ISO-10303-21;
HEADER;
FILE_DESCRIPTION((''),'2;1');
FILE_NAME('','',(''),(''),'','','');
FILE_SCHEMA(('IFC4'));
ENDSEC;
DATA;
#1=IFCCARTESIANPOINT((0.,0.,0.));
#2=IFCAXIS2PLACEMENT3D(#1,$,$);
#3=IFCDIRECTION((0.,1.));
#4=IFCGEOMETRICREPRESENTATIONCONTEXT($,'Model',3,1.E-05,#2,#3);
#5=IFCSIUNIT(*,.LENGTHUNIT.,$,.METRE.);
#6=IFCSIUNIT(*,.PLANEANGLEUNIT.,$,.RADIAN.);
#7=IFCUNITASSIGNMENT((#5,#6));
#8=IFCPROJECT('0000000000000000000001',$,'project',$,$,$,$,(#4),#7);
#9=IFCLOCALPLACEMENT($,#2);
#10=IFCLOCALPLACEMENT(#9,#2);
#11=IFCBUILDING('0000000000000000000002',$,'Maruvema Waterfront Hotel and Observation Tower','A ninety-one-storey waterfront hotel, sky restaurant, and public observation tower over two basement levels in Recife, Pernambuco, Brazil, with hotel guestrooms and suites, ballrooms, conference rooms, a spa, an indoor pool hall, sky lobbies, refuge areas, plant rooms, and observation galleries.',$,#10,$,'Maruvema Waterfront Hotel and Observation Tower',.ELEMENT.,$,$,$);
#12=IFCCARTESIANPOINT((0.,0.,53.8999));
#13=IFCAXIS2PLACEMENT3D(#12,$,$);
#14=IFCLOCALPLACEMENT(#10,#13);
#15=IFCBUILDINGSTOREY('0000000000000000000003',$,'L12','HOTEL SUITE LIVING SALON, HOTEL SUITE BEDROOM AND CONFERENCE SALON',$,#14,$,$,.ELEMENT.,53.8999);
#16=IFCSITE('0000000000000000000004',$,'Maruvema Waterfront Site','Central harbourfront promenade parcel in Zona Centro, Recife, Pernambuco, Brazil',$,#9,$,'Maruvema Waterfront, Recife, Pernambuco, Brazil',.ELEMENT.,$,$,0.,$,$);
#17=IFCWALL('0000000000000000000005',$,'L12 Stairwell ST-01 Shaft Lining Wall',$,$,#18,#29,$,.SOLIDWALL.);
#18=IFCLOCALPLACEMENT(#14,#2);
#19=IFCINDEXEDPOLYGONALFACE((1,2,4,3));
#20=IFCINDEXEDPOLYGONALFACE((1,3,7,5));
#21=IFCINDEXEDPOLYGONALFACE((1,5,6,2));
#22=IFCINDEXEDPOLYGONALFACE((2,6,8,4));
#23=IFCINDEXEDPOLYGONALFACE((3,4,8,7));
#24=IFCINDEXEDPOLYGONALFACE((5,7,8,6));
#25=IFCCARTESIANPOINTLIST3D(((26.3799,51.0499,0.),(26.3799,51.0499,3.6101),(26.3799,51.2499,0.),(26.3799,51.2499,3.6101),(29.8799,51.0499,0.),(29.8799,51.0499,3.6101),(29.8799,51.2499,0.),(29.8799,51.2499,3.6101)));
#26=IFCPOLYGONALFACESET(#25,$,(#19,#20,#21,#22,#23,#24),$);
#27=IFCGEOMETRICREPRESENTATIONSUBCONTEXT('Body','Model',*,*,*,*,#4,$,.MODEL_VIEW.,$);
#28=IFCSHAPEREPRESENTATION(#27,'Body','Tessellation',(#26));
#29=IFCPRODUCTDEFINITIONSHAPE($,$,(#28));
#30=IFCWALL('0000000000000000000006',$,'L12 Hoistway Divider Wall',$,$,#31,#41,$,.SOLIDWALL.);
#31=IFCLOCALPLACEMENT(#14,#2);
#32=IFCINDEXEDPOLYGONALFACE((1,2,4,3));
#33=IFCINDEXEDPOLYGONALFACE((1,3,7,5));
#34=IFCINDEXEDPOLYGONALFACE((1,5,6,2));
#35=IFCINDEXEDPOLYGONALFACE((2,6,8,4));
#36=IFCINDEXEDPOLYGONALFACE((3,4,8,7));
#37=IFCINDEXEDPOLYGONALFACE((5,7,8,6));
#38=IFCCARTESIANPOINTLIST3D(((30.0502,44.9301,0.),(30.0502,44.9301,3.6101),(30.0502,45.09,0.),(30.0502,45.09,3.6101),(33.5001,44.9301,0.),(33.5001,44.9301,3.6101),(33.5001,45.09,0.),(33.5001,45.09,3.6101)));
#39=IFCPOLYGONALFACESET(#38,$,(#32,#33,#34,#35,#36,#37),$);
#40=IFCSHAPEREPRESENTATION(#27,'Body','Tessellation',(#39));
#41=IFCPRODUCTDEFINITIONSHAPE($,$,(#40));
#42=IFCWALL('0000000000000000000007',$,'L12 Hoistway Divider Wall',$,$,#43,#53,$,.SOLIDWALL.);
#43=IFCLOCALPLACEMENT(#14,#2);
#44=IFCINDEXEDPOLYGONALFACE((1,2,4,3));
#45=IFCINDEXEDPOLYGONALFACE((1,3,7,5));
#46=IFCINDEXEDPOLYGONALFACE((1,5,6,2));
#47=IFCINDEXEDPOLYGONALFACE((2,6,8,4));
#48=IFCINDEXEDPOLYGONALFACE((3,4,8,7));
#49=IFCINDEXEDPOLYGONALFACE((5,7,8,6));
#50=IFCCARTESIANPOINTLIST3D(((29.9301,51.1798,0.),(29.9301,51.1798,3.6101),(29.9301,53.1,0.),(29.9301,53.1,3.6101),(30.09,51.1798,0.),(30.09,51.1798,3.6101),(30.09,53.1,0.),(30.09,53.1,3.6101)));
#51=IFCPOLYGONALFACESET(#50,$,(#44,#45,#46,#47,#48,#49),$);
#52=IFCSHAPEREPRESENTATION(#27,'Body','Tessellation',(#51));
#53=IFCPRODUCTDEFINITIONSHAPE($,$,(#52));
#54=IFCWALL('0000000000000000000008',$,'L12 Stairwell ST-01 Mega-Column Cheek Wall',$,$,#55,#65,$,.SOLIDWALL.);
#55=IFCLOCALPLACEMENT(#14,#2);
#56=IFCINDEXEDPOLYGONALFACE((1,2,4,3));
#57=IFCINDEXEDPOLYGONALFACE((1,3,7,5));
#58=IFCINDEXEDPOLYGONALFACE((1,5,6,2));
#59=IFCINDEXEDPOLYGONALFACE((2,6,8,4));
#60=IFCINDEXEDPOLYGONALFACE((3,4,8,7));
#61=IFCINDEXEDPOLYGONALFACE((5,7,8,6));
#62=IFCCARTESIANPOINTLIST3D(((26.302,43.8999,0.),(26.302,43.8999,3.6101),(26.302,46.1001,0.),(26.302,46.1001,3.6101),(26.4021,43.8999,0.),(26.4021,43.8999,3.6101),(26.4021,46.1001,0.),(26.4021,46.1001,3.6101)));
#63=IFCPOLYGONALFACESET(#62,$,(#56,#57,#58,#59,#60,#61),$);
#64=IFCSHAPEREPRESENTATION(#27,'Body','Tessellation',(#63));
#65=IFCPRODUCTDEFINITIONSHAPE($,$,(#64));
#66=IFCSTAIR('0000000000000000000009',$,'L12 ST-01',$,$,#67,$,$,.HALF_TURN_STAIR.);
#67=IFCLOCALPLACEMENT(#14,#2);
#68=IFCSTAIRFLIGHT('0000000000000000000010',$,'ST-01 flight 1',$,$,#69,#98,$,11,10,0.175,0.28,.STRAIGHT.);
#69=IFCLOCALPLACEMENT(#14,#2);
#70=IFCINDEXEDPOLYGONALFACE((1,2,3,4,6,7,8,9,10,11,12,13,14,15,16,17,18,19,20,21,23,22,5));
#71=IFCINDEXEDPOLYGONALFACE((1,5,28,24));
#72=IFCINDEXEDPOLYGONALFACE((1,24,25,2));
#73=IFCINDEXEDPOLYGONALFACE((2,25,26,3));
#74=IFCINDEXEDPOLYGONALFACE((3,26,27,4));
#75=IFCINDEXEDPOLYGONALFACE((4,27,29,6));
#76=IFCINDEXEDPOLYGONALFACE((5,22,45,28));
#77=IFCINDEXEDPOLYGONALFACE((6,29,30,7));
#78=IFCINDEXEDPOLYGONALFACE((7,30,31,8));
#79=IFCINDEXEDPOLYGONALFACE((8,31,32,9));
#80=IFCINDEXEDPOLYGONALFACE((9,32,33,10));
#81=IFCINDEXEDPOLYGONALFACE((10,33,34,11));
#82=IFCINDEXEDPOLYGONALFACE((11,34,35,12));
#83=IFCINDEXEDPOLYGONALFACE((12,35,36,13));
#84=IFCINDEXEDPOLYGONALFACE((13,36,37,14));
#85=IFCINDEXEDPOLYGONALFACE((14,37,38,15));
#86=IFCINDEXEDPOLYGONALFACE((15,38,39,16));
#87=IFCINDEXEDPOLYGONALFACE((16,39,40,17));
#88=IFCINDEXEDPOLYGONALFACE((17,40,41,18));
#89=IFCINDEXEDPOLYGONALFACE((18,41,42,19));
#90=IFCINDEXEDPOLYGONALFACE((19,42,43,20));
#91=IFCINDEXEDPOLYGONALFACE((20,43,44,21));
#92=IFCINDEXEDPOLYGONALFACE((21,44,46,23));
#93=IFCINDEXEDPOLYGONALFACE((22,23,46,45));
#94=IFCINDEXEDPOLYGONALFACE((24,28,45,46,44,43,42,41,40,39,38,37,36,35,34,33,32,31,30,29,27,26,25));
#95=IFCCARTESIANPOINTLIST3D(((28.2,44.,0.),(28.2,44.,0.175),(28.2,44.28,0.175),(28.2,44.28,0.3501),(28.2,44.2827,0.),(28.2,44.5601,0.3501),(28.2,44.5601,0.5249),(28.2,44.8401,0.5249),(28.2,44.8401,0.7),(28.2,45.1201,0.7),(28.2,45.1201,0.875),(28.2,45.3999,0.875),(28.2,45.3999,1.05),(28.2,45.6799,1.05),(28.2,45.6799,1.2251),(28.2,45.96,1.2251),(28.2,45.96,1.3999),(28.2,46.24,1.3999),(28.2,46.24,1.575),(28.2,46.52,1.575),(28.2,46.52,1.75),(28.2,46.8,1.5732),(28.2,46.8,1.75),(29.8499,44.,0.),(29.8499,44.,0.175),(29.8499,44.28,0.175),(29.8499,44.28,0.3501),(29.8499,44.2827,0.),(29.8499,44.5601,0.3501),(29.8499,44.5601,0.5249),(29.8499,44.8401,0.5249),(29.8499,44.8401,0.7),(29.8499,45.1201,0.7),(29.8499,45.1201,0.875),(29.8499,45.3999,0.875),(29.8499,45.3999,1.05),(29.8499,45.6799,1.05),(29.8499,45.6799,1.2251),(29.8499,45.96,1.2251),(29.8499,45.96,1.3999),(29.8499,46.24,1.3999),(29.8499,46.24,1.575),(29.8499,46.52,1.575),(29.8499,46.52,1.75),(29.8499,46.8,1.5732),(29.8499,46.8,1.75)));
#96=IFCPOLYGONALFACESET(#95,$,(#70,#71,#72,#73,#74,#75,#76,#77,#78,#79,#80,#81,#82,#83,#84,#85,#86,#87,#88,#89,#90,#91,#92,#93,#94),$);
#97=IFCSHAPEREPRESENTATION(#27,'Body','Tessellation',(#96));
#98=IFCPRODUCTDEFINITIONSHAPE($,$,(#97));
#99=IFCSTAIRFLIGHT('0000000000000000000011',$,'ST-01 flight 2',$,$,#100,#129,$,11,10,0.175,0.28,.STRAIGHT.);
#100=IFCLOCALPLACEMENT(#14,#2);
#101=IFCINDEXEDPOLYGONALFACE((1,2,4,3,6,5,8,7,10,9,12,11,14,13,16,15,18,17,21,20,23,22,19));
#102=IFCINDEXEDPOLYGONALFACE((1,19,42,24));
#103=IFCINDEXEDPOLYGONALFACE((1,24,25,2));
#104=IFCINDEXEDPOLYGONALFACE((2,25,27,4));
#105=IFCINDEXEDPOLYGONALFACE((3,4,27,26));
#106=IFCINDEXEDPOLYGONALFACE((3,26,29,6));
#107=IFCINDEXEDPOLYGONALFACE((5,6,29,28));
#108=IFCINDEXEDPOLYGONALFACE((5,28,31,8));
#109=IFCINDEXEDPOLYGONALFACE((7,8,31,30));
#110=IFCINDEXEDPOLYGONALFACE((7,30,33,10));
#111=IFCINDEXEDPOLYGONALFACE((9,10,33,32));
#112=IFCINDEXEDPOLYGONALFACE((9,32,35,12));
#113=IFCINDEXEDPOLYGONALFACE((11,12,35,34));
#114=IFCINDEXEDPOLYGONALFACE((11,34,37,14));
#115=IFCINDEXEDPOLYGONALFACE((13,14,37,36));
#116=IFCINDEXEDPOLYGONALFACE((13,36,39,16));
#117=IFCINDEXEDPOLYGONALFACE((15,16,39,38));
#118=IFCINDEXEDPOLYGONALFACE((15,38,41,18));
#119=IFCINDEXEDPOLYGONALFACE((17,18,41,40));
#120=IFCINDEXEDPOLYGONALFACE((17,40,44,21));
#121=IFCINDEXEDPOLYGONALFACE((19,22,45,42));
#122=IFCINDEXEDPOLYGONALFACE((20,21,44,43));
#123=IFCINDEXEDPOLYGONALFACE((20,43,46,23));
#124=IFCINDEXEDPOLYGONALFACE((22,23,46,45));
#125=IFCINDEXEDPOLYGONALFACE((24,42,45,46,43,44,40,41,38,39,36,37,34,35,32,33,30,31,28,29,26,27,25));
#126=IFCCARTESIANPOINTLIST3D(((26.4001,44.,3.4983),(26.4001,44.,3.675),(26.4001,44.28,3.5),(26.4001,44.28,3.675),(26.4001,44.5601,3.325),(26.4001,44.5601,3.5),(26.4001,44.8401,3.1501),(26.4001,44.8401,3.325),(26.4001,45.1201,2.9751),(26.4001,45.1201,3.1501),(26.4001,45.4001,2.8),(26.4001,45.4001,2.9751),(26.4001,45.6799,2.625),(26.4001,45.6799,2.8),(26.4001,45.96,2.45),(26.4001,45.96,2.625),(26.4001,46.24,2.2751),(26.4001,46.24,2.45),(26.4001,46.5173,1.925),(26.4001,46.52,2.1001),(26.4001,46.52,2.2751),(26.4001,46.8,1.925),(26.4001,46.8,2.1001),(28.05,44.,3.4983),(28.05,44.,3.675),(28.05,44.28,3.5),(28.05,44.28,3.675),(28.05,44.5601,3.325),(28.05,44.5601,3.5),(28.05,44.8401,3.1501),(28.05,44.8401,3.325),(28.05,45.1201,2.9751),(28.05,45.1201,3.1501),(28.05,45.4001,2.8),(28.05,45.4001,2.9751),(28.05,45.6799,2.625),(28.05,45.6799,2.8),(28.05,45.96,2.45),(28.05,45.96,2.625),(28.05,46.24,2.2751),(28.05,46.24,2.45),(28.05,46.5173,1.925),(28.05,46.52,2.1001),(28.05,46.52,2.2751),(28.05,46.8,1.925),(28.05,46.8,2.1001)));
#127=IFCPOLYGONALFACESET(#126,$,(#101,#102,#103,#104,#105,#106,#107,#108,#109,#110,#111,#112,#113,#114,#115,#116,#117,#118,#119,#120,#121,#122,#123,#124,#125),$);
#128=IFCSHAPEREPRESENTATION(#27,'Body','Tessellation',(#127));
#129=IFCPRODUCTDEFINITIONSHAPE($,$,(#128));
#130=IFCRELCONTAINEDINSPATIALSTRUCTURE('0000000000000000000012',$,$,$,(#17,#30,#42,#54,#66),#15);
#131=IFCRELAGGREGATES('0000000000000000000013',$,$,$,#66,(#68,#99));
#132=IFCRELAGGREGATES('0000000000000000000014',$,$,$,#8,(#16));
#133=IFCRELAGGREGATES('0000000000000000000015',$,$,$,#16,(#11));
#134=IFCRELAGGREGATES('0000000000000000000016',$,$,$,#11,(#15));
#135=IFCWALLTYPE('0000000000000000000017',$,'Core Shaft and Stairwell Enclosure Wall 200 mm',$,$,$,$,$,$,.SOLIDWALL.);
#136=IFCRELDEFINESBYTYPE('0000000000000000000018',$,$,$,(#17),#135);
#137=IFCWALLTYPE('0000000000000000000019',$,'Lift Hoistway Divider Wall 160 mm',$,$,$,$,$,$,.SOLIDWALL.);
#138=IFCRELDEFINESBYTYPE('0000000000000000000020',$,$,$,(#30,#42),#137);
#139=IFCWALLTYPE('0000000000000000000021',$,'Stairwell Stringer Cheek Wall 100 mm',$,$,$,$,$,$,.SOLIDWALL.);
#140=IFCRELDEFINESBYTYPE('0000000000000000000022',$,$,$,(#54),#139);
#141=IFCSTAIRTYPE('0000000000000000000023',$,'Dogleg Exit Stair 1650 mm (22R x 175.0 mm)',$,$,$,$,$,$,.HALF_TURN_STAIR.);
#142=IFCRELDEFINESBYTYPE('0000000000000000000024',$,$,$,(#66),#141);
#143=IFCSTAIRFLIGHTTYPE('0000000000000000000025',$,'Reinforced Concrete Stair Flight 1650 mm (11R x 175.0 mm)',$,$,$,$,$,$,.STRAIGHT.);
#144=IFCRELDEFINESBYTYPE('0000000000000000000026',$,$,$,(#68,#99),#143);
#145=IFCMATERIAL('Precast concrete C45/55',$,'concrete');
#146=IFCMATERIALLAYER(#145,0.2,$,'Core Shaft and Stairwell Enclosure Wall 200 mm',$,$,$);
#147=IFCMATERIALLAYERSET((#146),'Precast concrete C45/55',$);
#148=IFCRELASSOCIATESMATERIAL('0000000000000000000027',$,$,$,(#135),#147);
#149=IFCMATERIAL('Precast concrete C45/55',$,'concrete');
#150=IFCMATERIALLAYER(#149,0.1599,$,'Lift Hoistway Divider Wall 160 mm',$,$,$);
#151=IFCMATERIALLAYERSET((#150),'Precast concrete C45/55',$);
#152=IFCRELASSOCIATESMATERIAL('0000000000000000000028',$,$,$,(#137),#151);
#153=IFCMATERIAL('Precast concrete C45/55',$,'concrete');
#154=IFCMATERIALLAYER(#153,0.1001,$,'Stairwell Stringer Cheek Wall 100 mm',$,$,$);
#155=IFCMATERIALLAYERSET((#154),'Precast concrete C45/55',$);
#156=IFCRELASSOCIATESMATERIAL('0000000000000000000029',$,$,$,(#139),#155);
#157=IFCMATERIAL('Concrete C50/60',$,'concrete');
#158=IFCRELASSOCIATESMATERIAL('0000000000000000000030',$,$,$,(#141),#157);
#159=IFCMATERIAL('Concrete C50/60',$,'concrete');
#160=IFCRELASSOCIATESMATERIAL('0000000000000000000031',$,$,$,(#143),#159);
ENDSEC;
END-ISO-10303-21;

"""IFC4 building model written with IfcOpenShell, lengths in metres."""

from ifc_helpers import new_model, si_unit, direction, frame, frame_2d, origin, place, context, subcontext, project, spatial, polyline, rectangle, outline, extrude, material, layer, layer_set, type_object, element, aggregate, save


model = new_model("IFC4")

# Units and contexts
model_context = context("Model", 3, precision=1e-05, world=origin(), true_north=direction((0.0, 1.0)))
body_context = subcontext(model_context, "Body", "Model", "MODEL_VIEW")
ifc_project = project(units=[si_unit("LENGTHUNIT", "METRE"), si_unit("PLANEANGLEUNIT", "RADIAN")], contexts=[model_context])

# Site, building, storey
site_placement = place(None, origin())
site = spatial("IfcSite", under=ifc_project, at=site_placement, Name="Maruvema Waterfront Site", Description="Central harbourfront promenade parcel in Zona Centro, Recife, Pernambuco, Brazil", LongName="Maruvema Waterfront, Recife, Pernambuco, Brazil", CompositionType="ELEMENT", RefElevation=0.0)
building_placement = place(site_placement, origin())
building = spatial("IfcBuilding", under=site, at=building_placement, Name="Maruvema Waterfront Hotel and Observation Tower", Description="A ninety-one-storey waterfront hotel, sky restaurant, and public observation tower over two basement levels in Recife, Pernambuco, Brazil, with hotel guestrooms and suites, ballrooms, conference rooms, a spa, an indoor pool hall, sky lobbies, refuge areas, plant rooms, and observation galleries.", LongName="Maruvema Waterfront Hotel and Observation Tower", CompositionType="ELEMENT")
storey_placement = place(building_placement, frame((0.0, 0.0, 53.8999)))
storey = spatial("IfcBuildingStorey", under=building, at=storey_placement, Name="L12", Description="HOTEL SUITE LIVING SALON, HOTEL SUITE BEDROOM AND CONFERENCE SALON", CompositionType="ELEMENT", Elevation=53.8999)

# Wall
ifc_material_1 = material(Name="Precast concrete C45/55", Category="concrete")
ifc_layer_1 = layer(ifc_material_1, 0.2, Name="Core Shaft and Stairwell Enclosure Wall 200 mm")
ifc_layer_set_1 = layer_set([ifc_layer_1], Name="Precast concrete C45/55")
wall_type_1 = type_object("IfcWallType", Name="Core Shaft and Stairwell Enclosure Wall 200 mm", PredefinedType="SOLIDWALL", material=ifc_layer_set_1)
wall_1_placement = place(storey_placement, frame((26.3799, 51.1499, 0.0), z_axis=(0.0, 0.0, 1.0), x_axis=(1.0, 0.0, 0.0)))
element("IfcWall", 1, at=wall_1_placement, inside=storey, type_object=wall_type_1, Name="L12 Stairwell ST-01 Shaft Lining Wall", PredefinedType="SOLIDWALL", context=body_context, shape_type="SweptSolid", body=[
    extrude(rectangle(XDim=3.5, YDim=0.2, at=frame_2d((1.75, 0.0))), origin(), (0.0, 0.0, 1.0), 3.6101),
])

# Walls
ifc_material_2 = material(Name="Precast concrete C45/55", Category="concrete")
ifc_layer_2 = layer(ifc_material_2, 0.1599, Name="Lift Hoistway Divider Wall 160 mm")
ifc_layer_set_2 = layer_set([ifc_layer_2], Name="Precast concrete C45/55")
wall_type_2 = type_object("IfcWallType", Name="Lift Hoistway Divider Wall 160 mm", PredefinedType="SOLIDWALL", material=ifc_layer_set_2)
wall_2_placement = place(storey_placement, frame((30.05, 45.01, 0.0), z_axis=(0.0, 0.0, 1.0), x_axis=(1.0, 0.0, 0.0)))
element("IfcWall", 2, at=wall_2_placement, inside=storey, type_object=wall_type_2, Name="L12 Hoistway Divider Wall", PredefinedType="SOLIDWALL", context=body_context, shape_type="SweptSolid", body=[
    extrude(rectangle(XDim=3.45, YDim=0.1599, at=frame_2d((1.7251, 0.0))), origin(), (0.0, 0.0, 1.0), 3.6101),
])
wall_3_placement = place(storey_placement, frame((30.01, 51.1799, 0.0), z_axis=(0.0, 0.0, 1.0), x_axis=(0.0, 1.0, 0.0)))
element("IfcWall", 3, at=wall_3_placement, inside=storey, type_object=wall_type_2, Name="L12 Hoistway Divider Wall", PredefinedType="SOLIDWALL", context=body_context, shape_type="SweptSolid", body=[
    extrude(rectangle(XDim=1.9202, YDim=0.1599, at=frame_2d((0.96, 0.0))), origin(), (0.0, 0.0, 1.0), 3.6101),
])
ifc_material_3 = material(Name="Precast concrete C45/55", Category="concrete")
ifc_layer_3 = layer(ifc_material_3, 0.1001, Name="Stairwell Stringer Cheek Wall 100 mm")
ifc_layer_set_3 = layer_set([ifc_layer_3], Name="Precast concrete C45/55")
wall_type_3 = type_object("IfcWallType", Name="Stairwell Stringer Cheek Wall 100 mm", PredefinedType="SOLIDWALL", material=ifc_layer_set_3)
wall_4_placement = place(storey_placement, frame((26.3521, 43.8999, 0.0), z_axis=(0.0, 0.0, 1.0), x_axis=(0.0, 1.0, 0.0)))
element("IfcWall", 4, at=wall_4_placement, inside=storey, type_object=wall_type_3, Name="L12 Stairwell ST-01 Mega-Column Cheek Wall", PredefinedType="SOLIDWALL", context=body_context, shape_type="SweptSolid", body=[
    extrude(rectangle(XDim=2.2002, YDim=0.1001, at=frame_2d((1.1001, 0.0))), origin(), (0.0, 0.0, 1.0), 3.6101),
])

# Stair, stair flights
ifc_material_4 = material(Name="Concrete C50/60", Category="concrete")
stair_type = type_object("IfcStairType", Name="Dogleg Exit Stair 1650 mm (22R x 175.0 mm)", PredefinedType="HALF_TURN_STAIR", material=ifc_material_4)
stair_placement = place(storey_placement, origin())
stair = element("IfcStair", 5, at=stair_placement, inside=storey, type_object=stair_type, Name="L12 ST-01", PredefinedType="HALF_TURN_STAIR")
ifc_material_5 = material(Name="Concrete C50/60", Category="concrete")
stair_flight_type = type_object("IfcStairFlightType", Name="Reinforced Concrete Stair Flight 1650 mm (11R x 175.0 mm)", PredefinedType="STRAIGHT", material=ifc_material_5)
stair_flight_1_placement = place(storey_placement, frame((29.0249, 44.0, 0.0), z_axis=(0.0, 0.0, 1.0), x_axis=(0.0, 1.0, 0.0)))
stair_flight_1 = element("IfcStairFlight", 6, at=stair_flight_1_placement, type_object=stair_flight_type, Name="ST-01 flight 1", NumberOfRisers=11, NumberOfTreads=10, PredefinedType="STRAIGHT", RiserHeight=0.175, TreadLength=0.28, context=body_context, shape_type="SweptSolid", body=[
    extrude(outline(polyline([(0.0, 0.0), (0.0, 0.175), (0.28, 0.175), (0.28, 0.3501), (0.5601, 0.3501), (0.5601, 0.5249), (0.8401, 0.5249), (0.8401, 0.7), (1.1201, 0.7), (1.1201, 0.875), (1.3999, 0.875), (1.3999, 1.05), (1.6799, 1.05), (1.6799, 1.2251), (1.96, 1.2251), (1.96, 1.3999), (2.24, 1.3999), (2.24, 1.575), (2.52, 1.575), (2.52, 1.75), (2.8, 1.75), (2.8, 1.925), (2.8, 1.5732), (0.2827, 0.0), (0.0, 0.0)])), frame((0.0, 0.825, 0.0), z_axis=(0.0, -1.0, 0.0), x_axis=(1.0, 0.0, 0.0)), (0.0, 0.0, 1.0), 1.6499),
])
stair_flight_2_placement = place(storey_placement, frame((27.2251, 46.8, 1.925), z_axis=(0.0, 0.0, 1.0), x_axis=(0.0, -1.0, 0.0)))
stair_flight_2 = element("IfcStairFlight", 7, at=stair_flight_2_placement, type_object=stair_flight_type, Name="ST-01 flight 2", NumberOfRisers=11, NumberOfTreads=10, PredefinedType="STRAIGHT", RiserHeight=0.175, TreadLength=0.28, context=body_context, shape_type="SweptSolid", body=[
    extrude(outline(polyline([(0.0, 0.0), (0.0, 0.175), (0.28, 0.175), (0.28, 0.3501), (0.5601, 0.3501), (0.5601, 0.5249), (0.8401, 0.5249), (0.8401, 0.7), (1.1201, 0.7), (1.1201, 0.875), (1.3999, 0.875), (1.3999, 1.05), (1.6799, 1.05), (1.6799, 1.2251), (1.96, 1.2251), (1.96, 1.3999), (2.24, 1.3999), (2.24, 1.575), (2.52, 1.575), (2.52, 1.75), (2.8, 1.75), (2.8, 1.925), (2.8, 1.5732), (0.2827, 0.0), (0.0, 0.0)])), frame((0.0, 0.825, 0.0), z_axis=(0.0, -1.0, 0.0), x_axis=(1.0, 0.0, 0.0)), (0.0, 0.0, 1.0), 1.6499),
])
aggregate(stair, [stair_flight_1, stair_flight_2])

save(model, "model.ifc")
